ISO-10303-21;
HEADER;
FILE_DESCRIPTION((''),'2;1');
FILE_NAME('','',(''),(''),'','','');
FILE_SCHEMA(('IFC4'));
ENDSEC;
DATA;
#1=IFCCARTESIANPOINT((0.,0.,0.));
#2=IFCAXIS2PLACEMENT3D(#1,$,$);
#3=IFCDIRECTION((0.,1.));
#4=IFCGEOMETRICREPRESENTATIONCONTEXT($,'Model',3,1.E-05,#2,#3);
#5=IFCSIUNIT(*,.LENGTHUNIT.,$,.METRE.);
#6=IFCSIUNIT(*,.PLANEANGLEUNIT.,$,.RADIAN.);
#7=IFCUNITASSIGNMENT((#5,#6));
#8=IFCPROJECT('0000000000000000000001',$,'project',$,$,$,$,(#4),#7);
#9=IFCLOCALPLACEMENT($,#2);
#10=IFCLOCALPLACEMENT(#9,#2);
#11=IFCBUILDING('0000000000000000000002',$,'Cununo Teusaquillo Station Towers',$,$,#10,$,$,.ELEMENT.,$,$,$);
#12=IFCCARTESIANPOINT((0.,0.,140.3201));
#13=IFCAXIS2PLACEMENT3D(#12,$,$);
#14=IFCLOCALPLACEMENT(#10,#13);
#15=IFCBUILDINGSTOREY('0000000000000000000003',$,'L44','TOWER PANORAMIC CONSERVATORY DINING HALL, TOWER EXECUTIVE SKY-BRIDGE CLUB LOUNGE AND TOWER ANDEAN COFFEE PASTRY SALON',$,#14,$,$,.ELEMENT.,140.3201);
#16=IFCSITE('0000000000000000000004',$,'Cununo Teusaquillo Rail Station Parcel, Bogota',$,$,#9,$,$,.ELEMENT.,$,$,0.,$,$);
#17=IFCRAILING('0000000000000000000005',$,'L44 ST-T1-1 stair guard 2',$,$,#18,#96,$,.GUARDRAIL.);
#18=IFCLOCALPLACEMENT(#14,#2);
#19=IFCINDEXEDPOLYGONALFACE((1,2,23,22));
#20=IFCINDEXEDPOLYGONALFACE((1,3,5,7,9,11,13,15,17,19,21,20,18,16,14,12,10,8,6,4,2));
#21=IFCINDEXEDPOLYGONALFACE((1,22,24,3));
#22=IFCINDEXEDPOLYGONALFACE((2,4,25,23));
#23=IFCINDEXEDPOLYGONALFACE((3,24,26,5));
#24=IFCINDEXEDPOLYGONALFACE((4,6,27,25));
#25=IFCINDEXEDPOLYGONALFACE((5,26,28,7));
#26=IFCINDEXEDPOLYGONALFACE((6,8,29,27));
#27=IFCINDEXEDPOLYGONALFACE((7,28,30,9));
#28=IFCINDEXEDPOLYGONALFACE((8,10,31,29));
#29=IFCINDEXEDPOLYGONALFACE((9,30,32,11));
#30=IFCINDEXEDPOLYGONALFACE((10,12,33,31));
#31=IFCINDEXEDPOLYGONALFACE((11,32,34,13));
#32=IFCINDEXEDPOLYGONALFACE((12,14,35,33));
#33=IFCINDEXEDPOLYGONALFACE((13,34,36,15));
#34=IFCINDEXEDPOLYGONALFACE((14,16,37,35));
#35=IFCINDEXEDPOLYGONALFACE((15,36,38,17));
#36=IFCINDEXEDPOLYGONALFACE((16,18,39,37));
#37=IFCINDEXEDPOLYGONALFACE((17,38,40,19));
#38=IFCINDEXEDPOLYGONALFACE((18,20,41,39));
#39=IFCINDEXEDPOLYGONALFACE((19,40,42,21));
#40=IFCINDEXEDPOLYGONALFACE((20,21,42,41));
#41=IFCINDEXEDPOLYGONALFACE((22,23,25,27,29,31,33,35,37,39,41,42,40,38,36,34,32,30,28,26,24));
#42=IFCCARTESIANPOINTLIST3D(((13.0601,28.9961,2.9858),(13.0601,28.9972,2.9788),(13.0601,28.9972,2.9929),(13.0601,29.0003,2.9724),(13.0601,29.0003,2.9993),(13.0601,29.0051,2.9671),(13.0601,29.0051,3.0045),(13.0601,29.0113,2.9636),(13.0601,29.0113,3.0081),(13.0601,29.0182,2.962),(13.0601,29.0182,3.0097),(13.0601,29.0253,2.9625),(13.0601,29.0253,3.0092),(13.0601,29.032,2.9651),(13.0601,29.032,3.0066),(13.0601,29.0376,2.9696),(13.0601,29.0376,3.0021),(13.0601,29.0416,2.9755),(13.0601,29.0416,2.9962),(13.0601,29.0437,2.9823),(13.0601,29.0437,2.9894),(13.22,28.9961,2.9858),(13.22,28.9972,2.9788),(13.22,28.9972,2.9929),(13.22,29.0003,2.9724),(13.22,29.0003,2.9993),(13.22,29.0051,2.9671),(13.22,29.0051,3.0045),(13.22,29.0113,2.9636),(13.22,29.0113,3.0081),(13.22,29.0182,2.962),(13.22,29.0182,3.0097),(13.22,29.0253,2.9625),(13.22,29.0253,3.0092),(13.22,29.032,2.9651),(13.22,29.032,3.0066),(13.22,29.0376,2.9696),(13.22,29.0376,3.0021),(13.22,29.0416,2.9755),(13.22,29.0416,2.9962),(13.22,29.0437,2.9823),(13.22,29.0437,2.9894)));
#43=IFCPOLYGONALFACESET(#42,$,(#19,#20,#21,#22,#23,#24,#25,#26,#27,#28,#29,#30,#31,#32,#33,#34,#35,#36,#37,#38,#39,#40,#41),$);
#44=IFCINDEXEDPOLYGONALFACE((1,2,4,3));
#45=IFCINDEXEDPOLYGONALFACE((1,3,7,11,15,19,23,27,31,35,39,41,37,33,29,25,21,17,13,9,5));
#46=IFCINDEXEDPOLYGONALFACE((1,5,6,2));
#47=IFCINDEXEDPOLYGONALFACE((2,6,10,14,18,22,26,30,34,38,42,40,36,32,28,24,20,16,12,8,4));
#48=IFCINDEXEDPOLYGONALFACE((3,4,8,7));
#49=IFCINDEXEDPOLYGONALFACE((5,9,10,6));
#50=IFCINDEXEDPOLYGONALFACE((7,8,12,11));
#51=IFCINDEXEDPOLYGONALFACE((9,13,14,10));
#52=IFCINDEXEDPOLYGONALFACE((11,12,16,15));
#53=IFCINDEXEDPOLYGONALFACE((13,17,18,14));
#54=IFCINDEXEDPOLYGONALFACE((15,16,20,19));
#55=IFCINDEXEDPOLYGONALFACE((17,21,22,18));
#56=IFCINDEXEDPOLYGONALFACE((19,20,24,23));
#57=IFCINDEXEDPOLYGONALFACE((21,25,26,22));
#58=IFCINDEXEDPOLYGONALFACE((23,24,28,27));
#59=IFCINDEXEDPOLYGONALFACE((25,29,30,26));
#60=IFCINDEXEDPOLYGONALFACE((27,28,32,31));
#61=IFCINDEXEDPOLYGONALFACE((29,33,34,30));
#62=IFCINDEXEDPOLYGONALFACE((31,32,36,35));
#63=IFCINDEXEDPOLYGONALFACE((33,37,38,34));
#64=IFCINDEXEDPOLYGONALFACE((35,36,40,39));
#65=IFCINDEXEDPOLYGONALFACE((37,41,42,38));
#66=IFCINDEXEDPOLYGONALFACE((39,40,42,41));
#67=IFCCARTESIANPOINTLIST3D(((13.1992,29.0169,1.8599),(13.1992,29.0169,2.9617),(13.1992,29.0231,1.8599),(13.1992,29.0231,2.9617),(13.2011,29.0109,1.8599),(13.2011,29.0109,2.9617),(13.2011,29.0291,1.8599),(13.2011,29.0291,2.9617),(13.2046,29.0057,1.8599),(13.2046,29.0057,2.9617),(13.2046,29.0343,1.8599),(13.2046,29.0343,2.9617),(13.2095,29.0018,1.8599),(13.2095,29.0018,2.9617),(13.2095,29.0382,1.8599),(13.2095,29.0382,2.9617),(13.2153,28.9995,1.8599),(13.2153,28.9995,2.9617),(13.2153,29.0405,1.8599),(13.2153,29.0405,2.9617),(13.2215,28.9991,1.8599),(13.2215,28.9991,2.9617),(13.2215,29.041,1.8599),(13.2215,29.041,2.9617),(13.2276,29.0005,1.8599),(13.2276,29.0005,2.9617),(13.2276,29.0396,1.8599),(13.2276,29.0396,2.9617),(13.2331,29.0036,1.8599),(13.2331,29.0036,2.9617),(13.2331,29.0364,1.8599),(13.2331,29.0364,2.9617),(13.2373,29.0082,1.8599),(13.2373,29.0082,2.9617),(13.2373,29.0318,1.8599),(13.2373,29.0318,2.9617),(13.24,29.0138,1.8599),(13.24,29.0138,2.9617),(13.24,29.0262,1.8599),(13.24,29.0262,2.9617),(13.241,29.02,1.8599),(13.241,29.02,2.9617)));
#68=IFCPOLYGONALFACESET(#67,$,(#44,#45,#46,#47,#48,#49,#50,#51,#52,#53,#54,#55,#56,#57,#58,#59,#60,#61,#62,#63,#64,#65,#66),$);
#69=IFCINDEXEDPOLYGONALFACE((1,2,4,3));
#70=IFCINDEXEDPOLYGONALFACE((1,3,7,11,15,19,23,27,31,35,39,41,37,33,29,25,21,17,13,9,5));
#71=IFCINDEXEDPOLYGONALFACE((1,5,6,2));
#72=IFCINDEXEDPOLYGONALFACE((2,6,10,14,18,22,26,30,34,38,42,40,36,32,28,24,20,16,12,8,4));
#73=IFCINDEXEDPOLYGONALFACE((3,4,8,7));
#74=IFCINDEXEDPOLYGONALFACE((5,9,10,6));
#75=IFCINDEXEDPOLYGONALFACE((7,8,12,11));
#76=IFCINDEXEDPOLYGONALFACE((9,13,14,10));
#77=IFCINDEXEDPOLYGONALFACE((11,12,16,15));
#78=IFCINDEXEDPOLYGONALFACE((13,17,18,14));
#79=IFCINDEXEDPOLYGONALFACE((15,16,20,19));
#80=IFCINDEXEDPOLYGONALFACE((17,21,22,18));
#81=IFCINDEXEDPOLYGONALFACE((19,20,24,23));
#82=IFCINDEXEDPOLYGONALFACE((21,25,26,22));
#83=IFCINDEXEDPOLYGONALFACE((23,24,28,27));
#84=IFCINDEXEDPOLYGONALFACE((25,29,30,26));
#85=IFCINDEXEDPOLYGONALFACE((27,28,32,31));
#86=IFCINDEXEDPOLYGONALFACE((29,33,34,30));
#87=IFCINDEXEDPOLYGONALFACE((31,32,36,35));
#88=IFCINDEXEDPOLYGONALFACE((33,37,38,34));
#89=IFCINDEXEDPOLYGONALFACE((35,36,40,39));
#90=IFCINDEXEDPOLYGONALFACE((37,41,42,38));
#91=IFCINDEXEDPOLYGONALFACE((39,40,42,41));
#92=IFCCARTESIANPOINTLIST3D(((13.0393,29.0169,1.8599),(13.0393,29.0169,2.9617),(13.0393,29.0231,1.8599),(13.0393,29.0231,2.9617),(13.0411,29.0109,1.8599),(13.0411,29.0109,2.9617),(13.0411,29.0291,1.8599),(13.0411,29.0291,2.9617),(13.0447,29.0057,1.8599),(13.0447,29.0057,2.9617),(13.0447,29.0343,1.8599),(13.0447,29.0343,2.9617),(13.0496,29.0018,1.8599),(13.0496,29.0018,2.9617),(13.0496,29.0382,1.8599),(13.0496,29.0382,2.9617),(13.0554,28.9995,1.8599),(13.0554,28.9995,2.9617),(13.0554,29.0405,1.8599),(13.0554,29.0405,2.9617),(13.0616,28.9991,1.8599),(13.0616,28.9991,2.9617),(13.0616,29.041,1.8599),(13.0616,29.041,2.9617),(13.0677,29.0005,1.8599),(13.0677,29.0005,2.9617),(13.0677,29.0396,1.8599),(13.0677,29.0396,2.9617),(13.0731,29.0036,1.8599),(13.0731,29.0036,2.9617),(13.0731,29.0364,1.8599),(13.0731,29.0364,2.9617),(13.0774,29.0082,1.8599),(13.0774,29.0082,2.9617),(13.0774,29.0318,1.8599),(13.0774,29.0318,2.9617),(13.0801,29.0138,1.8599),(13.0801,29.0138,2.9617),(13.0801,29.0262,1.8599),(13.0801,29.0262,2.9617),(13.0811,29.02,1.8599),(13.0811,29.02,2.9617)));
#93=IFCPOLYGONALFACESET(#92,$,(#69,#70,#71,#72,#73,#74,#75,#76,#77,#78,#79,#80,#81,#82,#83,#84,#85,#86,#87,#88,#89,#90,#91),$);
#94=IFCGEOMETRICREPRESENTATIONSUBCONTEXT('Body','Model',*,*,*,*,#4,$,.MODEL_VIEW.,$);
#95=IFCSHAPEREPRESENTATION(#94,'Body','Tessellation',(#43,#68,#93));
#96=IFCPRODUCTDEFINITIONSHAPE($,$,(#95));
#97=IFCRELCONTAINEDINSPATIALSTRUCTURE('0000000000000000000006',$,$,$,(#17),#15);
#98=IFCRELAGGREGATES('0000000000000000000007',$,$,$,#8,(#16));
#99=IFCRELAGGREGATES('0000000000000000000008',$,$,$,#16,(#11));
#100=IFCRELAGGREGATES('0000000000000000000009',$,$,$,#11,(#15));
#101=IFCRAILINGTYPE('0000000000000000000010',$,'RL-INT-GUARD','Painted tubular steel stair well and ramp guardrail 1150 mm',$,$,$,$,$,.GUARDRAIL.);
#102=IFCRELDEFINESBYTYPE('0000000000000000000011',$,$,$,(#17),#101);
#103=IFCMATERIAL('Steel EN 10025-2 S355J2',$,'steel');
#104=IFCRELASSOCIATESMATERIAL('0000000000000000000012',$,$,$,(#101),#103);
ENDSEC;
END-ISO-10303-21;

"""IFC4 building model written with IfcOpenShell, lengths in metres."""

from ifc_helpers import new_model, si_unit, direction, frame, origin, origin_2d, place, context, subcontext, project, spatial, circle, extrude, material, type_object, element, save


model = new_model("IFC4")

# Units and contexts
model_context = context("Model", 3, precision=1e-05, world=origin(), true_north=direction((0.0, 1.0)))
body_context = subcontext(model_context, "Body", "Model", "MODEL_VIEW")
ifc_project = project(units=[si_unit("LENGTHUNIT", "METRE"), si_unit("PLANEANGLEUNIT", "RADIAN")], contexts=[model_context])

# Site, building, storey
site_placement = place(None, origin())
site = spatial("IfcSite", under=ifc_project, at=site_placement, Name="Cununo Teusaquillo Rail Station Parcel, Bogota", CompositionType="ELEMENT", RefElevation=0.0)
building_placement = place(site_placement, origin())
building = spatial("IfcBuilding", under=site, at=building_placement, Name="Cununo Teusaquillo Station Towers", CompositionType="ELEMENT")
storey_placement = place(building_placement, frame((0.0, 0.0, 140.3201)))
storey = spatial("IfcBuildingStorey", under=building, at=storey_placement, Name="L44", Description="TOWER PANORAMIC CONSERVATORY DINING HALL, TOWER EXECUTIVE SKY-BRIDGE CLUB LOUNGE AND TOWER ANDEAN COFFEE PASTRY SALON", CompositionType="ELEMENT", Elevation=140.3201)

# Railing
ifc_material_1 = material(Name="Steel EN 10025-2 S355J2", Category="steel")
railing_type_1 = type_object("IfcRailingType", Name="RL-INT-GUARD", Description="Painted tubular steel stair well and ramp guardrail 1150 mm", PredefinedType="GUARDRAIL", material=ifc_material_1)
railing_1_placement = place(storey_placement, frame((13.22, 29.02, 1.8599)))
element("IfcRailing", 1, at=railing_1_placement, inside=storey, type_object=railing_type_1, Name="L44 ST-T1-1 stair guard 2", PredefinedType="GUARDRAIL", context=body_context, shape_type="SweptSolid", body=[
    extrude(circle(Radius=0.0239, at=origin_2d()), frame((0.0, 0.0, 1.126), z_axis=(-1.0, 0.0, 0.0), x_axis=(0.0, -1.0, 0.0)), (0.0, 0.0, 1.0), 0.1599),
    extrude(circle(Radius=0.021, at=origin_2d()), origin(), (0.0, 0.0, 1.0), 1.1018),
    extrude(circle(Radius=0.021, at=origin_2d()), frame((-0.1599, 0.0, 0.0)), (0.0, 0.0, 1.0), 1.1018),
])

save(model, "model.ifc")
